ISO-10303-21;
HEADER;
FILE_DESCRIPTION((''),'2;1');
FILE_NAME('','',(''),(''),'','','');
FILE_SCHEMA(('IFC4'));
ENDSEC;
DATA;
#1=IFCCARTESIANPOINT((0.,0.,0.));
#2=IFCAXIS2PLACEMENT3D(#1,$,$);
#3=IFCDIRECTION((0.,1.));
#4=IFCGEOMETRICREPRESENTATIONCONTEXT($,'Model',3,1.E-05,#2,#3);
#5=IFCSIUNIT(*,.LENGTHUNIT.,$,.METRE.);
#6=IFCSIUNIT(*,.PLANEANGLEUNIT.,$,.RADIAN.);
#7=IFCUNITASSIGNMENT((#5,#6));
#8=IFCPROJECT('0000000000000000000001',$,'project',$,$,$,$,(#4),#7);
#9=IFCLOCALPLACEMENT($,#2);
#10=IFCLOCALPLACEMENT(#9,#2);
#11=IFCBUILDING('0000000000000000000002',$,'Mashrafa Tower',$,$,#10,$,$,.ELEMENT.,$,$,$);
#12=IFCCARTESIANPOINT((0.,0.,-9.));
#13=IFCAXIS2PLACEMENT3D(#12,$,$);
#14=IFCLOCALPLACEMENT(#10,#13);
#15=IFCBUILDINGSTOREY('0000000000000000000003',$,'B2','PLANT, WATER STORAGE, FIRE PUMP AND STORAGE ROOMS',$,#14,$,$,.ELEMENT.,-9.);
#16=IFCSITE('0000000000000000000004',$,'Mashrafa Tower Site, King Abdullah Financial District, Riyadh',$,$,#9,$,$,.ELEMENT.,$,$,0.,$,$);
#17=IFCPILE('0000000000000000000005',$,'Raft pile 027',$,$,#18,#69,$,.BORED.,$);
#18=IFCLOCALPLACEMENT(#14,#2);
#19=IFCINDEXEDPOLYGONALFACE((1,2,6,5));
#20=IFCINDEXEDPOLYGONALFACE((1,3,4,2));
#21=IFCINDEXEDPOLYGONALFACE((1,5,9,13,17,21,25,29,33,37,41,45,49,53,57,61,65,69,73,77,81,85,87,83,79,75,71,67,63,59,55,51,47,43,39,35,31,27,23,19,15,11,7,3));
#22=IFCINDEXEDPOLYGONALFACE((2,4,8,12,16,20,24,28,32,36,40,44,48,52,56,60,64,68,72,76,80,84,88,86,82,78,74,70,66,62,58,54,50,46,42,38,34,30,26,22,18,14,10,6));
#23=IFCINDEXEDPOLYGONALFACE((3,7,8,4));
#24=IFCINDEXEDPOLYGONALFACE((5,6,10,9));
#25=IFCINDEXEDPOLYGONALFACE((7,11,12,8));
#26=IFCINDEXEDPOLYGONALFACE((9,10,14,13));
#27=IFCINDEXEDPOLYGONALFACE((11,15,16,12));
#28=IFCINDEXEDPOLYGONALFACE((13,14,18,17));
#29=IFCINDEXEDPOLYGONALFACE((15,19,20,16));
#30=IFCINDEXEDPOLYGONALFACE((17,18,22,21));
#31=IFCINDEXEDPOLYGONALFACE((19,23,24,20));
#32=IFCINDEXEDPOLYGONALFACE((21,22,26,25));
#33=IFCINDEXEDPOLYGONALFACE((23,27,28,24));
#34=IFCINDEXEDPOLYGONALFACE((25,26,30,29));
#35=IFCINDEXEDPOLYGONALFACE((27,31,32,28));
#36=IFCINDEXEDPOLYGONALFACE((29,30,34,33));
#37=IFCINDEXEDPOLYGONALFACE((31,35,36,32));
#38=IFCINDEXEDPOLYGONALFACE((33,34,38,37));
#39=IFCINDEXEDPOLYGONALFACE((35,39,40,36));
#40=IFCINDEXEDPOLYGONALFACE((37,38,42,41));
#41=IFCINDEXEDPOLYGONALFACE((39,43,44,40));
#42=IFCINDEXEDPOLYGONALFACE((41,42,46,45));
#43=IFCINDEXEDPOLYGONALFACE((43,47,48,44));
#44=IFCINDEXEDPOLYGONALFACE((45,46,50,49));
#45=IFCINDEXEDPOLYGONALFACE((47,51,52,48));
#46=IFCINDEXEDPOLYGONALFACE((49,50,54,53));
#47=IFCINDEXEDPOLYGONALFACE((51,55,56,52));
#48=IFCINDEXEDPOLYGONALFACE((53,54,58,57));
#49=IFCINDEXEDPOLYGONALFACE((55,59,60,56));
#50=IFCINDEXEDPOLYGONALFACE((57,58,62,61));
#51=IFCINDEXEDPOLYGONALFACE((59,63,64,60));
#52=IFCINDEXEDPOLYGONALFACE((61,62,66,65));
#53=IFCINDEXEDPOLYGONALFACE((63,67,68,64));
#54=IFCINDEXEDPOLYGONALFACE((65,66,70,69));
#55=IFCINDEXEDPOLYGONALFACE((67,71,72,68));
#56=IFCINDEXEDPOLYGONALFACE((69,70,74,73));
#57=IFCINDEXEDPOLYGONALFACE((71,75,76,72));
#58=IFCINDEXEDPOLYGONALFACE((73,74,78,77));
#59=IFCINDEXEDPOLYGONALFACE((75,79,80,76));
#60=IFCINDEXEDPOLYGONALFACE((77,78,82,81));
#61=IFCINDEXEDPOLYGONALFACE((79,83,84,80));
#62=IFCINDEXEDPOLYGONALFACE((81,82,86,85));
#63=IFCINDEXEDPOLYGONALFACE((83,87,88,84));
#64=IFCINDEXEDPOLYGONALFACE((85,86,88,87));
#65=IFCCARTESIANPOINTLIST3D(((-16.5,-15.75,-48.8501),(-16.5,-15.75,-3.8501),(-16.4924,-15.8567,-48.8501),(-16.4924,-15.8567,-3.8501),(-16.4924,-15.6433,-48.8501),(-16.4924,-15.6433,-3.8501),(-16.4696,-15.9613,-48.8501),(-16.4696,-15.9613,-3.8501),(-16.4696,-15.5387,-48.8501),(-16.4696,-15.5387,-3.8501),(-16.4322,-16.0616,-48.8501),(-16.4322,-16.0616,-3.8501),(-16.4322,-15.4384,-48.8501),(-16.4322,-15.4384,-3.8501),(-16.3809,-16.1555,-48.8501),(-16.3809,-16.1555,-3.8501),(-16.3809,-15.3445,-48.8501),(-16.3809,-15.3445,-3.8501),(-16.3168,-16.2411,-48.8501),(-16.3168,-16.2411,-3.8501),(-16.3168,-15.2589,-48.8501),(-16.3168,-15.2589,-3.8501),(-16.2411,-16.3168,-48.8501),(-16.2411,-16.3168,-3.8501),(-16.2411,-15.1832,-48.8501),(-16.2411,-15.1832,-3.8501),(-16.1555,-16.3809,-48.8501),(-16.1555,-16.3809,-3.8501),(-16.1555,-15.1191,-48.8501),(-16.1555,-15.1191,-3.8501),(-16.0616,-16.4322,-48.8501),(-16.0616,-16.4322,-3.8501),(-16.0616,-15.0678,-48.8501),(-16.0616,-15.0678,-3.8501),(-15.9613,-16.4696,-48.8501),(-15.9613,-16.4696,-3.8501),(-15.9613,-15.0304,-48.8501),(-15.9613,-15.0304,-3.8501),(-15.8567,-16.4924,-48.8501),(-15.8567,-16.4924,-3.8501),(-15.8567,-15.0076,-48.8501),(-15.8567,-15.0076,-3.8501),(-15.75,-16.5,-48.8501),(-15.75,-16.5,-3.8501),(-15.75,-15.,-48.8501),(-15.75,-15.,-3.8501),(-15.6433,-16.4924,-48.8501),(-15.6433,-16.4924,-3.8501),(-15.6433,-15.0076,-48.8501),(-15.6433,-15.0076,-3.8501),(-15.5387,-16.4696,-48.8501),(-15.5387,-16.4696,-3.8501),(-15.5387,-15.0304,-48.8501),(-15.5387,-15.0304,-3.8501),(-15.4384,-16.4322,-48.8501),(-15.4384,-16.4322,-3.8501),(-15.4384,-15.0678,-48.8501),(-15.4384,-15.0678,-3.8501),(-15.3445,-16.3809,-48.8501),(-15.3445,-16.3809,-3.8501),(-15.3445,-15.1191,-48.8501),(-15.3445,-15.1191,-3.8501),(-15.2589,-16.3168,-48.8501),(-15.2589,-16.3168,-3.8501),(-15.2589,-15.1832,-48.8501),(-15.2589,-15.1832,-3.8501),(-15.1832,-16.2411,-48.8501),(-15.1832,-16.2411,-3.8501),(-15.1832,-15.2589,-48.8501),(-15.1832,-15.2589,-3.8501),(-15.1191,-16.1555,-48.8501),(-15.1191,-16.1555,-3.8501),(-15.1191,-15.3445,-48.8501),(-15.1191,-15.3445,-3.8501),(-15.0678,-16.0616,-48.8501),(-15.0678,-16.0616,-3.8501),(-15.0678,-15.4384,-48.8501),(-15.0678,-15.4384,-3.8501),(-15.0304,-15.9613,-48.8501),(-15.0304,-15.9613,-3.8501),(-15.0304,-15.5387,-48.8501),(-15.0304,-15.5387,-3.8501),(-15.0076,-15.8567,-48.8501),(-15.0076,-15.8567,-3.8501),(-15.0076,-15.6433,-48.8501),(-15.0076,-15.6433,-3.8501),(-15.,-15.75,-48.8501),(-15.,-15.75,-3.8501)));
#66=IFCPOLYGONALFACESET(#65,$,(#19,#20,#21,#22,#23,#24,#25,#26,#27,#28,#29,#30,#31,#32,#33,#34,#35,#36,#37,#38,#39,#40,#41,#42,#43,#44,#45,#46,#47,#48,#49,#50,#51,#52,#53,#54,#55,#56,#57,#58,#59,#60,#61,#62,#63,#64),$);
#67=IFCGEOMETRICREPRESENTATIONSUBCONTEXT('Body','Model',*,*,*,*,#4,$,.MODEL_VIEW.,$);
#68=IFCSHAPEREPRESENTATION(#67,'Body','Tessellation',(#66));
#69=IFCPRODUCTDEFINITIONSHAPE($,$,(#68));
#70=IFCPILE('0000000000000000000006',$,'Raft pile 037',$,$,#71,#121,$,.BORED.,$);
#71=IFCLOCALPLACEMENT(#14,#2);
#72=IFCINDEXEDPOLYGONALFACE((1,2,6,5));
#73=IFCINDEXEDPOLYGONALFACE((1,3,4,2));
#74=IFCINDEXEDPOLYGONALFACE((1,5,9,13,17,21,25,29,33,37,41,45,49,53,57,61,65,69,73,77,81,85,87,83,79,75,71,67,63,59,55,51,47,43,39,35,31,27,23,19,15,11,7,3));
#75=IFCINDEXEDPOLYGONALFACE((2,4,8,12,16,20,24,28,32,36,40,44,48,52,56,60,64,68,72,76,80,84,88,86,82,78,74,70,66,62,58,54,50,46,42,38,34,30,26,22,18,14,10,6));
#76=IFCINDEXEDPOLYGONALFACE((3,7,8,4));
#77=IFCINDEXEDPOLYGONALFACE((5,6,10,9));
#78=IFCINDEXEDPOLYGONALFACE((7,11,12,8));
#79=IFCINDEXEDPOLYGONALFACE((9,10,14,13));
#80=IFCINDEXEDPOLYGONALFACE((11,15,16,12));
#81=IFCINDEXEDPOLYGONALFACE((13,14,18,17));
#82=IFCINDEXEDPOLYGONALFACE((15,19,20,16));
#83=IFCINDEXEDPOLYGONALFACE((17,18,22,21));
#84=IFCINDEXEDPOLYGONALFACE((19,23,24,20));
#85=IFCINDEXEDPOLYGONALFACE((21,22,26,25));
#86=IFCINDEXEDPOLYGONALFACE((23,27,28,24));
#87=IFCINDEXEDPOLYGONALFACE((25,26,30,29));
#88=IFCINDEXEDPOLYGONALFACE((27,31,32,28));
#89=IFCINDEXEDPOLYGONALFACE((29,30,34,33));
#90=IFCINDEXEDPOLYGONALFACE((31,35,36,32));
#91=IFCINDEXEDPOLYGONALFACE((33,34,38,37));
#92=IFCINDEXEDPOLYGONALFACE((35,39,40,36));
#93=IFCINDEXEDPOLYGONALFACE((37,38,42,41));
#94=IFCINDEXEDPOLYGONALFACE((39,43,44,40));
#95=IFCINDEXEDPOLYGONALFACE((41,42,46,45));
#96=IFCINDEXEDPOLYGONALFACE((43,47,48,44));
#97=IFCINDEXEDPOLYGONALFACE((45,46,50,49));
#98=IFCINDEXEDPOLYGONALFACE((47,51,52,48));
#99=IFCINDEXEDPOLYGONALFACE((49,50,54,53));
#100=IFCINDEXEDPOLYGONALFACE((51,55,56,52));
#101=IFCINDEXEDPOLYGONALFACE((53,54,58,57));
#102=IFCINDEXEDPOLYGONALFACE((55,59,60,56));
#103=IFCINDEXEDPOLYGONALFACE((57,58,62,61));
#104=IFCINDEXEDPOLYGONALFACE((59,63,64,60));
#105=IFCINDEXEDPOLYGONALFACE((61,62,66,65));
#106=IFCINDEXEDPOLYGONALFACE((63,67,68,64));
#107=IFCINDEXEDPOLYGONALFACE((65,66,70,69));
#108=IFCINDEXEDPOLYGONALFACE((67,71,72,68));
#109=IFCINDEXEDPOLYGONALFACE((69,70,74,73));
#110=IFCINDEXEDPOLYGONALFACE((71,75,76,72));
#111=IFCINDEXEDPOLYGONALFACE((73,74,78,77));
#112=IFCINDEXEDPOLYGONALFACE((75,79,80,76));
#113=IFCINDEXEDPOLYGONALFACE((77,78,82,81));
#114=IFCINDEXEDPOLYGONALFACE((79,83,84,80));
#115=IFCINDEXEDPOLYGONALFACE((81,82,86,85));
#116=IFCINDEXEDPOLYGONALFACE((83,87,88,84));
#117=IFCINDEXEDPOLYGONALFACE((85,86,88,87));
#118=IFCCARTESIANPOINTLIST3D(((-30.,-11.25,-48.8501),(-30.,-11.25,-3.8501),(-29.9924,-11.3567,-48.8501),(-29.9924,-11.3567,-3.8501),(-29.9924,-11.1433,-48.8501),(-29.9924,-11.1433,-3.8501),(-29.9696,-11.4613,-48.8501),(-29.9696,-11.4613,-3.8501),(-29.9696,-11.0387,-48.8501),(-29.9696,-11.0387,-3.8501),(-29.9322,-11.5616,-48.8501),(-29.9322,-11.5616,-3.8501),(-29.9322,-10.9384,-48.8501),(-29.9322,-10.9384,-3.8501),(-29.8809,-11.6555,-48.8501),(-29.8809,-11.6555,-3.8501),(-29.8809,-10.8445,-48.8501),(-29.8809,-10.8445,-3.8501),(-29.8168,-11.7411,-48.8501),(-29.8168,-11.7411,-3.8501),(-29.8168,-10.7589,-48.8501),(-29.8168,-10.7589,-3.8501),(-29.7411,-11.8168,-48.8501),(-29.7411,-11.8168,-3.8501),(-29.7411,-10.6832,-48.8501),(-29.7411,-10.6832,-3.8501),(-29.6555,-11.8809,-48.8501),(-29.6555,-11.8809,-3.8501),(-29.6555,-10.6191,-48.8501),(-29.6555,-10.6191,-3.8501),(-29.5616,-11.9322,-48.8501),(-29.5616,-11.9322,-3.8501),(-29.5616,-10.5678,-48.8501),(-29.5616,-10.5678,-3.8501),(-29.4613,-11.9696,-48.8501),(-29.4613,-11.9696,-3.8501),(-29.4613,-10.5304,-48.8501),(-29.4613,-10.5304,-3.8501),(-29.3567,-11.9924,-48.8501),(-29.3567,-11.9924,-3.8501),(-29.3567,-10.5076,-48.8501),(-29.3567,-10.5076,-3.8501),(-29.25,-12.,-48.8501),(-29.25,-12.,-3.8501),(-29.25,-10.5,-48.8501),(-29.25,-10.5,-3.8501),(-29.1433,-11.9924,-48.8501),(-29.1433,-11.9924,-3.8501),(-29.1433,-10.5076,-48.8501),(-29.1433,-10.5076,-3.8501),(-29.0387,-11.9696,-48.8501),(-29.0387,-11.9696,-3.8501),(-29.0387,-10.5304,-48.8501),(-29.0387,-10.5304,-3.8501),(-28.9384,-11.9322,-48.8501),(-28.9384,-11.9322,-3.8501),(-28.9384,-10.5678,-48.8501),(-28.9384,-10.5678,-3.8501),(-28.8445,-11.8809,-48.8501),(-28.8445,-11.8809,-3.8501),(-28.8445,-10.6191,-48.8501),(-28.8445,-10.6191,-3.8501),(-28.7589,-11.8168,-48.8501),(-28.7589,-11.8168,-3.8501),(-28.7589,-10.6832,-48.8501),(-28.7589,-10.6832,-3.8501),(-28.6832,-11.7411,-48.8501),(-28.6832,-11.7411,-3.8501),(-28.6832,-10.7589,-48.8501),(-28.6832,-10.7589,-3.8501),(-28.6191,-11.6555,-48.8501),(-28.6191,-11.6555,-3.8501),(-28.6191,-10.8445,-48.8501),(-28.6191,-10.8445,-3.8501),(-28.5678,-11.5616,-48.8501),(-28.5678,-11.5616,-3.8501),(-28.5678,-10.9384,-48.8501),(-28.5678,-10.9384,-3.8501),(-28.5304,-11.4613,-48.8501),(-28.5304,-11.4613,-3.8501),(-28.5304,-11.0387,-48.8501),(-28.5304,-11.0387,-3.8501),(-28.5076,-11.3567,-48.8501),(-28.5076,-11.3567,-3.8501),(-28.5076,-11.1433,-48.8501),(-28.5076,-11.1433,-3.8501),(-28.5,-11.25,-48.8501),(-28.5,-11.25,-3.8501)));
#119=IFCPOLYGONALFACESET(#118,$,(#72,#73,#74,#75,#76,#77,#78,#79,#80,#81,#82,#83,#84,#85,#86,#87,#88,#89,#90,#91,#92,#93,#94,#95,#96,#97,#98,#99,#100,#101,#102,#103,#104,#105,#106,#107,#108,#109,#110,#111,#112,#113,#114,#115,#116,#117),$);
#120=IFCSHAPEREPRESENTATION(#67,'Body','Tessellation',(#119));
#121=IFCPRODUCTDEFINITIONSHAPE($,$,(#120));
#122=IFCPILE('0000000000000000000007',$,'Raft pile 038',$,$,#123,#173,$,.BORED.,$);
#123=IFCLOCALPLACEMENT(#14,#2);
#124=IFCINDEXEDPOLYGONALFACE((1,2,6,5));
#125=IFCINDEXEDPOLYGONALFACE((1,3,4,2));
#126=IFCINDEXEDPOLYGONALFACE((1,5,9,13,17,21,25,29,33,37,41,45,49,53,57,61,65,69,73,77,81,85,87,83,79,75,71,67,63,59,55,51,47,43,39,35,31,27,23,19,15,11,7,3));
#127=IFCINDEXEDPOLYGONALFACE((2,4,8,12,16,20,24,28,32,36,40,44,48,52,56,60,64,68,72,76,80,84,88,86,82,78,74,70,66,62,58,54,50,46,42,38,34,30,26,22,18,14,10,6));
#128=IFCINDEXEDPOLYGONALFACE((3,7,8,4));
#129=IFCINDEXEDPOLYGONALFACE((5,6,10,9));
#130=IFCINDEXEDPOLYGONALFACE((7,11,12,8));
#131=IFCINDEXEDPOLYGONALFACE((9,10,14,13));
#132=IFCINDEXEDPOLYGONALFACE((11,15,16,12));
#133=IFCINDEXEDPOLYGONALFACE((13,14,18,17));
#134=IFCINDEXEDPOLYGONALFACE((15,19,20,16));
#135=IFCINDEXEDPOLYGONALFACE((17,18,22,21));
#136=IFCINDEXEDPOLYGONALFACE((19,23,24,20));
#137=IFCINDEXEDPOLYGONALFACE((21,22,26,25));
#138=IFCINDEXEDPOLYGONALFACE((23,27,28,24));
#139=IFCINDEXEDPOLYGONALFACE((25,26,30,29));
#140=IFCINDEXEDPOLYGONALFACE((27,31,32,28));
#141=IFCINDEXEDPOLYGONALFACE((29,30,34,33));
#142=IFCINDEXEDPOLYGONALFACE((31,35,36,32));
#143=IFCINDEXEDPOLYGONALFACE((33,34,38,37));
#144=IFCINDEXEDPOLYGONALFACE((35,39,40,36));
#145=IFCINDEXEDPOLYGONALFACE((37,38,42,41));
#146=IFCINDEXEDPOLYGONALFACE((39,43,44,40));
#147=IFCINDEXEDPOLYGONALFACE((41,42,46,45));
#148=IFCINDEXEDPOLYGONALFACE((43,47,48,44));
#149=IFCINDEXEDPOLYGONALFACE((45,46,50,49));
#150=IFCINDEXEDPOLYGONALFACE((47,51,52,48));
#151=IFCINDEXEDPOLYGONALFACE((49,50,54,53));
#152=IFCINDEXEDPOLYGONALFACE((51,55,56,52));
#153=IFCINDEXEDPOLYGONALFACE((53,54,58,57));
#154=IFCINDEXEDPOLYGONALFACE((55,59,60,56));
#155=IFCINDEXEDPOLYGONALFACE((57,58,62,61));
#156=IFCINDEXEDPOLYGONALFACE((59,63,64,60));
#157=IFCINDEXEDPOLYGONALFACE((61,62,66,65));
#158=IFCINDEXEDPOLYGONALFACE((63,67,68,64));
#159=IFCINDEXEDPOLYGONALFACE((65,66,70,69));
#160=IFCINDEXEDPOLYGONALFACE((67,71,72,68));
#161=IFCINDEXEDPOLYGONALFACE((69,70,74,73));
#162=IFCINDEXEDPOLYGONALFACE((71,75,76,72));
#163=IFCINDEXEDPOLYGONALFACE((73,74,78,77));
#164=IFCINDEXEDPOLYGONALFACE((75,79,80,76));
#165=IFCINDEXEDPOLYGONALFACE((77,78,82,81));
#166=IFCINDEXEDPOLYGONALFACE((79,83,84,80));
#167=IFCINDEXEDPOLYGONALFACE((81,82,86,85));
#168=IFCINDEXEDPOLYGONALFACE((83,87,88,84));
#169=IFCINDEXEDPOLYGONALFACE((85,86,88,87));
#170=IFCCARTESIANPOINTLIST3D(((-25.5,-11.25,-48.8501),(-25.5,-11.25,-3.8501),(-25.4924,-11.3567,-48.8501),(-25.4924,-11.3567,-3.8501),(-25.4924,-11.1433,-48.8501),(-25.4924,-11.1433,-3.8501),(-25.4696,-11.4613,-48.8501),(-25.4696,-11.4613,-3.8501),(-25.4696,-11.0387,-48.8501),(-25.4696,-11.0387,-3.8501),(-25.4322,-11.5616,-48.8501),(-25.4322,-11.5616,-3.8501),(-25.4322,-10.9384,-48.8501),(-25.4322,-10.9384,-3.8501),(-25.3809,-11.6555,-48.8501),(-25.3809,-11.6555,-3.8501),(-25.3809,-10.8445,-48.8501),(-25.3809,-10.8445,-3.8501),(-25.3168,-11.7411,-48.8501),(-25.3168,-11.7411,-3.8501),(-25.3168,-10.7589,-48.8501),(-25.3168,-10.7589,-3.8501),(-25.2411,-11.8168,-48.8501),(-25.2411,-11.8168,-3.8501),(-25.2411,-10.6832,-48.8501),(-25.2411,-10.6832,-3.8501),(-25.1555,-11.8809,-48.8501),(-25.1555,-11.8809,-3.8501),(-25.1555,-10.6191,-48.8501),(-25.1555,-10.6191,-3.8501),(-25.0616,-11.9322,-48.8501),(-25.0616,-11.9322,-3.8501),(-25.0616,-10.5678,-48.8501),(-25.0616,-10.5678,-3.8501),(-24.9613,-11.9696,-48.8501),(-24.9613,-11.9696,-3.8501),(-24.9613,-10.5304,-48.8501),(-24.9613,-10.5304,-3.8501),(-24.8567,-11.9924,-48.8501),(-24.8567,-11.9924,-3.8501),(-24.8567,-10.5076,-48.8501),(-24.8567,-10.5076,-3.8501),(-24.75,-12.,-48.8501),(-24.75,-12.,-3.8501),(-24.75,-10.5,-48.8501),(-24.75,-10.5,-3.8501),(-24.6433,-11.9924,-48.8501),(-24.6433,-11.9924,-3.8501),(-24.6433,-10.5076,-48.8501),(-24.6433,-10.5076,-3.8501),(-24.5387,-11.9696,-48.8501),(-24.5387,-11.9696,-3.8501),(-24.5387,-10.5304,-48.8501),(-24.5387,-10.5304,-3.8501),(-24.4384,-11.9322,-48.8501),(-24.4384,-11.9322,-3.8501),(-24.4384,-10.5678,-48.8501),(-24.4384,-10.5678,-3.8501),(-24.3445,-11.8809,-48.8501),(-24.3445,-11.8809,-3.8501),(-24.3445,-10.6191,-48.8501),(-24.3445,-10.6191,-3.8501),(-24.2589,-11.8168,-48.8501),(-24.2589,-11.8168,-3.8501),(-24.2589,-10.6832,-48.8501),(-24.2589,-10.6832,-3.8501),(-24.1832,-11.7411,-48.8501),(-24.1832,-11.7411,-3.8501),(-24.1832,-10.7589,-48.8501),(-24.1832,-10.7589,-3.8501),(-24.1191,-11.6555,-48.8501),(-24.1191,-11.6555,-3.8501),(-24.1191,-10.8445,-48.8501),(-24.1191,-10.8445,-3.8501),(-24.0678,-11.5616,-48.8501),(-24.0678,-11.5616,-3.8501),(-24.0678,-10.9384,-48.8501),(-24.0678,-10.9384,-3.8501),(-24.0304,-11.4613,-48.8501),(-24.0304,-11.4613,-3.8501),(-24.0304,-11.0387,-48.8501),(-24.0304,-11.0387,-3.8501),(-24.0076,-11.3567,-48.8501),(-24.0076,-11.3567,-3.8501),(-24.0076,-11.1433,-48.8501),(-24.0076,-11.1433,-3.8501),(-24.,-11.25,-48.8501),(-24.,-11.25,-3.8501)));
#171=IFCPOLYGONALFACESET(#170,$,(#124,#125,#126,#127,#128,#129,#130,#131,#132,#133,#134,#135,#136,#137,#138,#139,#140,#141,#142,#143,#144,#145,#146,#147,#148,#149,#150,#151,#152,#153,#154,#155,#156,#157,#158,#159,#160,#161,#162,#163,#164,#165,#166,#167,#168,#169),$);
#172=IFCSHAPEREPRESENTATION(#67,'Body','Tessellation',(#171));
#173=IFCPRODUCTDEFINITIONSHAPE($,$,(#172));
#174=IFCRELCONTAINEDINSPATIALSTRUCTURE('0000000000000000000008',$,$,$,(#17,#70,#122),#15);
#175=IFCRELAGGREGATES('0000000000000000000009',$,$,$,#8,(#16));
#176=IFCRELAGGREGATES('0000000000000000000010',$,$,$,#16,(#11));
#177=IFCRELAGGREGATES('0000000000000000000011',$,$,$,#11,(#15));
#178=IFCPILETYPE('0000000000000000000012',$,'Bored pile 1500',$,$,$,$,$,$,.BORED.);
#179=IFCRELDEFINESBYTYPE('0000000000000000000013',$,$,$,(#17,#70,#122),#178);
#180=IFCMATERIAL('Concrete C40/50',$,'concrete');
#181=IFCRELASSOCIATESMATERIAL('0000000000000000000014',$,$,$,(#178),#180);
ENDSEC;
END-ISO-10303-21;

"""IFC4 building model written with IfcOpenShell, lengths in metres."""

from ifc_helpers import new_model, si_unit, direction, frame, origin, origin_2d, place, context, subcontext, project, spatial, circle, extrude, material, material_profile, profile_set, type_object, element, save


model = new_model("IFC4")

# Units and contexts
model_context = context("Model", 3, precision=1e-05, world=origin(), true_north=direction((0.0, 1.0)))
body_context = subcontext(model_context, "Body", "Model", "MODEL_VIEW")
ifc_project = project(units=[si_unit("LENGTHUNIT", "METRE"), si_unit("PLANEANGLEUNIT", "RADIAN")], contexts=[model_context])

# Site, building, storey
site_placement = place(None, origin())
site = spatial("IfcSite", under=ifc_project, at=site_placement, Name="Mashrafa Tower Site, King Abdullah Financial District, Riyadh", CompositionType="ELEMENT", RefElevation=0.0)
building_placement = place(site_placement, origin())
building = spatial("IfcBuilding", under=site, at=building_placement, Name="Mashrafa Tower", CompositionType="ELEMENT")
storey_placement = place(building_placement, frame((0.0, 0.0, -9.0)))
storey = spatial("IfcBuildingStorey", under=building, at=storey_placement, Name="B2", Description="PLANT, WATER STORAGE, FIRE PUMP AND STORAGE ROOMS", CompositionType="ELEMENT", Elevation=-9.0)

# Piles
ifc_material_1 = material(Name="Concrete C40/50", Category="concrete")
ifc_material_profile_1 = material_profile(ifc_material_1, circle(Radius=0.75, at=origin_2d()), Name="1500 DIA")
ifc_profile_set_1 = profile_set([ifc_material_profile_1], Name="Concrete C40/50")
pile_type_1 = type_object("IfcPileType", Name="Bored pile 1500", PredefinedType="BORED", material=ifc_profile_set_1)
for number, where, z_axis, x_axis, name in (
    (1, (-15.75, -15.75, -3.8501), (0.0, 0.0, -1.0), (1.0, 0.0, 0.0), "Raft pile 027"),
    (2, (-29.25, -11.25, -3.8501), (0.0, 0.0, -1.0), (1.0, 0.0, 0.0), "Raft pile 037"),
    (3, (-24.75, -11.25, -3.8501), (0.0, 0.0, -1.0), (1.0, 0.0, 0.0), "Raft pile 038"),
):
    element("IfcPile", number, at=place(storey_placement, frame(where, z_axis=z_axis, x_axis=x_axis)), inside=storey, type_object=pile_type_1, Name=name, PredefinedType="BORED", context=body_context, shape_type="SweptSolid", body=[
        extrude(circle(Radius=0.75, at=origin_2d()), origin(), (0.0, 0.0, 1.0), 45.0),
    ])

save(model, "model.ifc")
